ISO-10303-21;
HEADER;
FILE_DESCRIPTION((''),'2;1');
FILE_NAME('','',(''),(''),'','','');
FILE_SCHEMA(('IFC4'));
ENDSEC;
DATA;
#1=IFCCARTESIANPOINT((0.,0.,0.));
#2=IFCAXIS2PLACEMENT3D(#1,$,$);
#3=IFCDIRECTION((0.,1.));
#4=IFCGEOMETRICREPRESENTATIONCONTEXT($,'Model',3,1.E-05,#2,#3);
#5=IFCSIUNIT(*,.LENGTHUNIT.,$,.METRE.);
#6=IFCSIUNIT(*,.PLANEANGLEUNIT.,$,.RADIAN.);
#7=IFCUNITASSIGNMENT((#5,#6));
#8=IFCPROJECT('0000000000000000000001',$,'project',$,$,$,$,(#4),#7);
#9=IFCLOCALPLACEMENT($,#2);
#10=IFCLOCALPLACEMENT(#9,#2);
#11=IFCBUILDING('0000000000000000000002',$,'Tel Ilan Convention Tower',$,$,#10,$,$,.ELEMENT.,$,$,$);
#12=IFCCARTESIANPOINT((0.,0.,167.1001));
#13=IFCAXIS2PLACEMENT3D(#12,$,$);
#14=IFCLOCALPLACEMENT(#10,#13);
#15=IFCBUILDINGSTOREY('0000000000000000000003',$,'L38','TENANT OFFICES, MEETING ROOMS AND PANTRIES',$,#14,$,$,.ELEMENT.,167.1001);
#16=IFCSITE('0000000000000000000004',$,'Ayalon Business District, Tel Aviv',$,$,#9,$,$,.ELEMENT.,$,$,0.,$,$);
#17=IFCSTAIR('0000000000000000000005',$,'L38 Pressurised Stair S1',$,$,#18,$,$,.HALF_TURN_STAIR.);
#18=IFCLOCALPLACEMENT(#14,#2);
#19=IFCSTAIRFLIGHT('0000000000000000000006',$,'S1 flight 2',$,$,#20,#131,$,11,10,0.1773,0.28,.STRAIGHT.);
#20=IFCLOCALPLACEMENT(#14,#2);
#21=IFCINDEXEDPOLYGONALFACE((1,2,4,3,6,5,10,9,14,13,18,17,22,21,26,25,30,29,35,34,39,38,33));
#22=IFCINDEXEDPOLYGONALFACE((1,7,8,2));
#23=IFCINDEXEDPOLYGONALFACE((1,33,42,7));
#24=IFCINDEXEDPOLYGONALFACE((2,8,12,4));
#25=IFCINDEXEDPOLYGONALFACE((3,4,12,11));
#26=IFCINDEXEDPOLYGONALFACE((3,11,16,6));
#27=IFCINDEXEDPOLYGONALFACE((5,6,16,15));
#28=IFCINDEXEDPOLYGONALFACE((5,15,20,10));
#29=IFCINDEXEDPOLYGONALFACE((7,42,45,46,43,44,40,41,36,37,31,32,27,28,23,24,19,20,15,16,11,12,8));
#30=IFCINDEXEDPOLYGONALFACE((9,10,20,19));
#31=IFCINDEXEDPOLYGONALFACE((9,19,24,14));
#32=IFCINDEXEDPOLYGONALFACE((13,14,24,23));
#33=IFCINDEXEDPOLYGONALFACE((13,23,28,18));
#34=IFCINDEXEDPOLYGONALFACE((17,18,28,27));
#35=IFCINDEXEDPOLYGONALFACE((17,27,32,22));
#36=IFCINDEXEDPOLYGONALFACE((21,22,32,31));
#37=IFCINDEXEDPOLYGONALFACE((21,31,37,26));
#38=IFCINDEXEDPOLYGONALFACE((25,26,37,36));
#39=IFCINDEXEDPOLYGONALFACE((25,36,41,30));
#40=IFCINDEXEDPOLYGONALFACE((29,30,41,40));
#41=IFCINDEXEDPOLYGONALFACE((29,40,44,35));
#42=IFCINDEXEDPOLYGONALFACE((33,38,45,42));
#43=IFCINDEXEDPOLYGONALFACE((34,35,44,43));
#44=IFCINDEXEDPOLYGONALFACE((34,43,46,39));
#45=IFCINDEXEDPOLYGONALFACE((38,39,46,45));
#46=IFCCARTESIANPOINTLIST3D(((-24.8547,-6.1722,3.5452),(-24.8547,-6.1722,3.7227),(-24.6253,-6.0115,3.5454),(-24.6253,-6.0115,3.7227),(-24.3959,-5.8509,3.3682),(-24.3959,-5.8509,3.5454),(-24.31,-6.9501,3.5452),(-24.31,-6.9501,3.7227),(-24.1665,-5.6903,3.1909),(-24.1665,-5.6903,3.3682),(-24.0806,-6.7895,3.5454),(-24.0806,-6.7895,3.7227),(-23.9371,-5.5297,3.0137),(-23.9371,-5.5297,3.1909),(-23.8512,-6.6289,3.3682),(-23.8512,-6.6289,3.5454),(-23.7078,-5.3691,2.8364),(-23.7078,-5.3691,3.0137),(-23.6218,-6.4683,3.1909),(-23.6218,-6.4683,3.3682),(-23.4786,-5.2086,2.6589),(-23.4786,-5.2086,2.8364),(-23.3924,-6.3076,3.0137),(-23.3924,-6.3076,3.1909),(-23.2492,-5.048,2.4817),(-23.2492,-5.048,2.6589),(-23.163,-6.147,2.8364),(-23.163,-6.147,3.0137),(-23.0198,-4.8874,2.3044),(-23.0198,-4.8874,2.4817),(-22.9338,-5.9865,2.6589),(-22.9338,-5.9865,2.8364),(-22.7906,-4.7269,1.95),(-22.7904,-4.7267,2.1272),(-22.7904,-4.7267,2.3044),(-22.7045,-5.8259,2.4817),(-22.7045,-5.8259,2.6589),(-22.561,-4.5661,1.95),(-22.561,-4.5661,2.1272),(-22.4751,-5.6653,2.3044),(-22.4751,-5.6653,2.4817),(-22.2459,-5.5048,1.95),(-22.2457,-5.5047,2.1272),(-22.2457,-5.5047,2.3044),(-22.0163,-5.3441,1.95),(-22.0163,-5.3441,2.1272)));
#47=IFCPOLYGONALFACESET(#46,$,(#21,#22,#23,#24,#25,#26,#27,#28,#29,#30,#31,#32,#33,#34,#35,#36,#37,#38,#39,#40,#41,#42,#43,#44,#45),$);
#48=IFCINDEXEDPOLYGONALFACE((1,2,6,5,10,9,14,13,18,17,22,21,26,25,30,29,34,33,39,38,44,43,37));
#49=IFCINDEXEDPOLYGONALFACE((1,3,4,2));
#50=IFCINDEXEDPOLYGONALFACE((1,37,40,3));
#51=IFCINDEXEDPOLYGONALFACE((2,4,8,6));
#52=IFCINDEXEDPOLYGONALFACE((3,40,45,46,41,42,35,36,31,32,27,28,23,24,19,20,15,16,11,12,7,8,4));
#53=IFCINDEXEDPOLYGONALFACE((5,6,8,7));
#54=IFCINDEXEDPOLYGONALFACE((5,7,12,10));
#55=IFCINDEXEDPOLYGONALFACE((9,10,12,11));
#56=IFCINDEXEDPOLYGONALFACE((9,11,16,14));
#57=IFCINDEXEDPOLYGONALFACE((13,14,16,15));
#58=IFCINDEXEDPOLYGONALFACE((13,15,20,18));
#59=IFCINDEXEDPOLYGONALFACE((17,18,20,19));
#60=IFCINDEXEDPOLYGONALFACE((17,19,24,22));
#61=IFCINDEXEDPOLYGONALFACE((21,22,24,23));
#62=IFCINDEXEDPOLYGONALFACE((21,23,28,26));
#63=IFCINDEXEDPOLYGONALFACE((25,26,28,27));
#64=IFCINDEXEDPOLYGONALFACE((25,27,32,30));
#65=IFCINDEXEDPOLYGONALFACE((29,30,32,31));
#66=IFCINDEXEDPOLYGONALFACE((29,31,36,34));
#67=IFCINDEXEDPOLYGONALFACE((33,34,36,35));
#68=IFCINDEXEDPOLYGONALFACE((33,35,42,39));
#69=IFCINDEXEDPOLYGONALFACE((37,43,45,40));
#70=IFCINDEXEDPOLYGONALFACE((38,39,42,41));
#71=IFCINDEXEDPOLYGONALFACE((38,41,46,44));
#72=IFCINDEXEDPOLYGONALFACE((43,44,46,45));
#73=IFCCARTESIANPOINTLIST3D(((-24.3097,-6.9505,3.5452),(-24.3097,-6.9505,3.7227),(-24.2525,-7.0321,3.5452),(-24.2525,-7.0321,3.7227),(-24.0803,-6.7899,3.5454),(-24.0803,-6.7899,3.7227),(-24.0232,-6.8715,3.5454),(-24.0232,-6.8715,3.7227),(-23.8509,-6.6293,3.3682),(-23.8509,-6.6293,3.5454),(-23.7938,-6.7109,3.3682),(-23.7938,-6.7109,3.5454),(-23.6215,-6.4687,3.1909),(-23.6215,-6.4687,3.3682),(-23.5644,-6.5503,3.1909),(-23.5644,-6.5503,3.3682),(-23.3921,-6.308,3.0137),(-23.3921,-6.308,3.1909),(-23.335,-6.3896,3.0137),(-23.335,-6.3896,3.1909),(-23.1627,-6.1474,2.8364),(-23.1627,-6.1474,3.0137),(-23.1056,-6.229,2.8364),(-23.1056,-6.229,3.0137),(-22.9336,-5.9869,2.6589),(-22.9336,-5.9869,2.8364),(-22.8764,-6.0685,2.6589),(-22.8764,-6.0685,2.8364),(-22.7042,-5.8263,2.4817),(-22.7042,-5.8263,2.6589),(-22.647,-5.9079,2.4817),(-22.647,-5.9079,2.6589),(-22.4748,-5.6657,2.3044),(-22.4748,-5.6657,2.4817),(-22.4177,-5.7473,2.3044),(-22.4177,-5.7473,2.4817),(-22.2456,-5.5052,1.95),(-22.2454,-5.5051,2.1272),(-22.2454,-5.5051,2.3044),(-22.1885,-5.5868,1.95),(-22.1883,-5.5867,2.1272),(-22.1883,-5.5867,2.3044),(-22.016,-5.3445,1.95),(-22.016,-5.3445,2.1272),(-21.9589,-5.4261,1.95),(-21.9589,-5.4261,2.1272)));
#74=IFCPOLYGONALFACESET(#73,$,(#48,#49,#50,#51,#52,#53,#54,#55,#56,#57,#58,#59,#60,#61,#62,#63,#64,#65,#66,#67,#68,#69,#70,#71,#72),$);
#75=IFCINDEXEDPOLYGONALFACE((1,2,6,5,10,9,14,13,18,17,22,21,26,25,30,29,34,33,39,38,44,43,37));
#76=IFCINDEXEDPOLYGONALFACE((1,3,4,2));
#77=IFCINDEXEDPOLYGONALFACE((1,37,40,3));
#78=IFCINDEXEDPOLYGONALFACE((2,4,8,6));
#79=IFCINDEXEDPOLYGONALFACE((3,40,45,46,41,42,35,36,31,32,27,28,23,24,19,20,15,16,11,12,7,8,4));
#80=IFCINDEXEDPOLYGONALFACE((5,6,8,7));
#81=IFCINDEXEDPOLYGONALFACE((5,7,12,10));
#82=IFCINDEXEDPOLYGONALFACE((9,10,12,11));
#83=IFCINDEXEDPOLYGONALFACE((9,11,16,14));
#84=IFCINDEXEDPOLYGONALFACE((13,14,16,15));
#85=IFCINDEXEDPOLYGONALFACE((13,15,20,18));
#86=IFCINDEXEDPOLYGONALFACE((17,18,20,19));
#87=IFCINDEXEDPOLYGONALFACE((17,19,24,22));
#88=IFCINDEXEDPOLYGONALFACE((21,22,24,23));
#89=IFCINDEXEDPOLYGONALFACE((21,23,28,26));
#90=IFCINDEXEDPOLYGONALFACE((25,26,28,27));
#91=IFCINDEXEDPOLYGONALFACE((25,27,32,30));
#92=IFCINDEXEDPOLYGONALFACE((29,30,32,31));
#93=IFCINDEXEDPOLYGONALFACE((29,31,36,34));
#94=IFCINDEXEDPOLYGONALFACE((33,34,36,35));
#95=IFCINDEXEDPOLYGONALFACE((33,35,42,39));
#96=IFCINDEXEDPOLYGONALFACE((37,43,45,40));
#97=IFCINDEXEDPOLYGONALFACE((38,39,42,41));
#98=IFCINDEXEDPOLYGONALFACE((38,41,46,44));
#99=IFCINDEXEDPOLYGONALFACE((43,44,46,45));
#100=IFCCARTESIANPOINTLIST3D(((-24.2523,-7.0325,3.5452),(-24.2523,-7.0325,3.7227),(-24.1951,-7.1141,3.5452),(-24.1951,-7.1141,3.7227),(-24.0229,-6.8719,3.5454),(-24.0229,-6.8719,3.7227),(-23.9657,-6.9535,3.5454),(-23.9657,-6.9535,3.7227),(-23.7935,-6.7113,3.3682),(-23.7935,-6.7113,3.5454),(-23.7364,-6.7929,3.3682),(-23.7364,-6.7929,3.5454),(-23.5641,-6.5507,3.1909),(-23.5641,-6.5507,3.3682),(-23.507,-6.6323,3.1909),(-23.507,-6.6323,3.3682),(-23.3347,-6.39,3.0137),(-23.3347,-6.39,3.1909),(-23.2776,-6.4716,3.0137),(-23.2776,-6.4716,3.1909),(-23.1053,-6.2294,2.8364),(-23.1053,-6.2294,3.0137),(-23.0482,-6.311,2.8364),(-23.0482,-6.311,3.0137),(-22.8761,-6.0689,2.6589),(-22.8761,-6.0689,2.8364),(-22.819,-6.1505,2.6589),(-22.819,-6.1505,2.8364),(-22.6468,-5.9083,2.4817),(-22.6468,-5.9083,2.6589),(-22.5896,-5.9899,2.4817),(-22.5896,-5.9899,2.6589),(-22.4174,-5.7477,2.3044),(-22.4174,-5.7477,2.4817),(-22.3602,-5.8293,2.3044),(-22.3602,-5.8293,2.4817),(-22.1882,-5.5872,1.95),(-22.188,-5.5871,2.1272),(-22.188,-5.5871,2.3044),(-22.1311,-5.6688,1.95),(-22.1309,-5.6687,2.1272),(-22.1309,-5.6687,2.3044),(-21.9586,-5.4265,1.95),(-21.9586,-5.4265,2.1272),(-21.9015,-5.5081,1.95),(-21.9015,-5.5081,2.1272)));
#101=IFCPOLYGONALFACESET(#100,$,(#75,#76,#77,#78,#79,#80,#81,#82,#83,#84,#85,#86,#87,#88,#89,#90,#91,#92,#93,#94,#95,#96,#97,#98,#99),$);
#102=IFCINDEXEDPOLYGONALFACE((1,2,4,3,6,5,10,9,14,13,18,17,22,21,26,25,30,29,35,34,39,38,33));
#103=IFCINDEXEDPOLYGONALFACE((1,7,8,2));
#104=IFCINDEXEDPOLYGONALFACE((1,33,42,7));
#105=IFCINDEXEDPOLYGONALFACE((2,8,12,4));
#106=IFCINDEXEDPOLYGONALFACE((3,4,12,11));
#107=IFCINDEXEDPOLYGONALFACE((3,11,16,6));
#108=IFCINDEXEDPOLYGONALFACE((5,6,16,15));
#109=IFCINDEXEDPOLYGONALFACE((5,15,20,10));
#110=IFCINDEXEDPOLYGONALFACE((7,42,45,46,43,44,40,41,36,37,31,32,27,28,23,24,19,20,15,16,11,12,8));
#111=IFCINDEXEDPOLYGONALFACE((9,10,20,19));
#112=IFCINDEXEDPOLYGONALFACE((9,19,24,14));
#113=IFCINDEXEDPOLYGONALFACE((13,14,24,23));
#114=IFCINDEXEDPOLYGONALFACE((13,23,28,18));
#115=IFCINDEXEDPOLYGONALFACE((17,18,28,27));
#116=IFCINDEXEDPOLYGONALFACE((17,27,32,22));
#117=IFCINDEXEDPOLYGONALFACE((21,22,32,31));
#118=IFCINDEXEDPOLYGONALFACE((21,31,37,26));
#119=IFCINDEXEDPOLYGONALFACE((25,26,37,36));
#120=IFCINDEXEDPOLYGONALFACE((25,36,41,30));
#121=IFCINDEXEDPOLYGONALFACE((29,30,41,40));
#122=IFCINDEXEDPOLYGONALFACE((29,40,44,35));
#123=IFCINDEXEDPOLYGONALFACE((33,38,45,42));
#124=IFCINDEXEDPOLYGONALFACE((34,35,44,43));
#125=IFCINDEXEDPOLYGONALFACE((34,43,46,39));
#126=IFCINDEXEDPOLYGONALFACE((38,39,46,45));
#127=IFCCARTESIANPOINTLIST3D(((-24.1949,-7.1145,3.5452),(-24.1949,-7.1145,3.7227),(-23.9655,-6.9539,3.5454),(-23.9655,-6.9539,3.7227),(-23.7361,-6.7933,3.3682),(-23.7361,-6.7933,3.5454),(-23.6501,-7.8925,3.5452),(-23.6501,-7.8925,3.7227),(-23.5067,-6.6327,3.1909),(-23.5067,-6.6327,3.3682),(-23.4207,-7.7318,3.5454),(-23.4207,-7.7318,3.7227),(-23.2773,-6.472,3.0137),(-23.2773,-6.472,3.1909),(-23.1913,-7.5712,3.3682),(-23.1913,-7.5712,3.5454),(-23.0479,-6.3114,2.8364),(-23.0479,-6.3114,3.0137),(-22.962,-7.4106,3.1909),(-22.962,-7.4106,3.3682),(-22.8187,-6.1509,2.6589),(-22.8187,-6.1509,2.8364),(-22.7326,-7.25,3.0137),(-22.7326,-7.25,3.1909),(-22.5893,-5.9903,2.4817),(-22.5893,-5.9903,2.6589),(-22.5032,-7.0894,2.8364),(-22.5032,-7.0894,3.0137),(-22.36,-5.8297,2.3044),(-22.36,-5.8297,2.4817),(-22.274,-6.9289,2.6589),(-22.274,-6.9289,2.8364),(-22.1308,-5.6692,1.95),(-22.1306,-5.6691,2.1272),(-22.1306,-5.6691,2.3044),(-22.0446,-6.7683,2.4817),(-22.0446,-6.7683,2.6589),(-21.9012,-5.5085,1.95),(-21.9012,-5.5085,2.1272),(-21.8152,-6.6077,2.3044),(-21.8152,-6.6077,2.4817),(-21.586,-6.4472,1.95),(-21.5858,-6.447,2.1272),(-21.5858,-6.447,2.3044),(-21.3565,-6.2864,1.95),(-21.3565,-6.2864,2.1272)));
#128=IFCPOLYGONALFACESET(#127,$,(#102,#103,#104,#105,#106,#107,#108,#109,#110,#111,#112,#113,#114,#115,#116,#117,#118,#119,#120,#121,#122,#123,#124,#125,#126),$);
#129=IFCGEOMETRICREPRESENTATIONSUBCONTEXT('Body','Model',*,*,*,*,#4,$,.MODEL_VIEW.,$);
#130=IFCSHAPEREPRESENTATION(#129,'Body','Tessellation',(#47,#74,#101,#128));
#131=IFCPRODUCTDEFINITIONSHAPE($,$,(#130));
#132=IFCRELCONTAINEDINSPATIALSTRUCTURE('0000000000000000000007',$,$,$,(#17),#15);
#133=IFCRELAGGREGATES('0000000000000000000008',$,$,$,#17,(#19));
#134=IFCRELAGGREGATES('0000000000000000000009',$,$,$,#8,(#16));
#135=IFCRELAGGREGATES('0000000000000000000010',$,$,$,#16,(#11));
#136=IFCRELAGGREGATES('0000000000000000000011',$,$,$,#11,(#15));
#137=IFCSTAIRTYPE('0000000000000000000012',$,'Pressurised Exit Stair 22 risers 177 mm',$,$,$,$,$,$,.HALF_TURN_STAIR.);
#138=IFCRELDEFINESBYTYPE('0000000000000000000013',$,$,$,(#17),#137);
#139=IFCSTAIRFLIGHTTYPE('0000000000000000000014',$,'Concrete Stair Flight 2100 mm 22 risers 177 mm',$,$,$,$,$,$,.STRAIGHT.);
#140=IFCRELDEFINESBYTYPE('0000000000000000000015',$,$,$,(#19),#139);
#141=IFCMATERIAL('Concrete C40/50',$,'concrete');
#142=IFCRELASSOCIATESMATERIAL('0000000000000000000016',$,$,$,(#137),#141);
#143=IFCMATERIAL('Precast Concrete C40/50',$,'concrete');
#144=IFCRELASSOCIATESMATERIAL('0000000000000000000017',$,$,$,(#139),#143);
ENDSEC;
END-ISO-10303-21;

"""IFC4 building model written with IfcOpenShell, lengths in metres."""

from ifc_helpers import new_model, si_unit, direction, frame, origin, place, context, subcontext, project, spatial, polyline, outline, extrude, material, type_object, element, aggregate, save


model = new_model("IFC4")

# Units and contexts
model_context = context("Model", 3, precision=1e-05, world=origin(), true_north=direction((0.0, 1.0)))
body_context = subcontext(model_context, "Body", "Model", "MODEL_VIEW")
ifc_project = project(units=[si_unit("LENGTHUNIT", "METRE"), si_unit("PLANEANGLEUNIT", "RADIAN")], contexts=[model_context])

# Site, building, storey
site_placement = place(None, origin())
site = spatial("IfcSite", under=ifc_project, at=site_placement, Name="Ayalon Business District, Tel Aviv", CompositionType="ELEMENT", RefElevation=0.0)
building_placement = place(site_placement, origin())
building = spatial("IfcBuilding", under=site, at=building_placement, Name="Tel Ilan Convention Tower", CompositionType="ELEMENT")
storey_placement = place(building_placement, frame((0.0, 0.0, 167.1001)))
storey = spatial("IfcBuildingStorey", under=building, at=storey_placement, Name="L38", Description="TENANT OFFICES, MEETING ROOMS AND PANTRIES", CompositionType="ELEMENT", Elevation=167.1001)

# Stair, stair flight
ifc_material_1 = material(Name="Concrete C40/50", Category="concrete")
stair_type = type_object("IfcStairType", Name="Pressurised Exit Stair 22 risers 177 mm", PredefinedType="HALF_TURN_STAIR", material=ifc_material_1)
stair_1_placement = place(storey_placement, origin())
stair_1 = element("IfcStair", 1, at=stair_1_placement, inside=storey, type_object=stair_type, Name="L38 Pressurised Stair S1", PredefinedType="HALF_TURN_STAIR")
ifc_material_2 = material(Name="Precast Concrete C40/50", Category="concrete")
stair_flight_type = type_object("IfcStairFlightType", Name="Concrete Stair Flight 2100 mm 22 risers 177 mm", PredefinedType="STRAIGHT", material=ifc_material_2)
stair_flight_1_placement = place(storey_placement, frame((-21.9587, -5.4263, 1.95), z_axis=(0.0, 0.0, 1.0), x_axis=(-0.819152, -0.573576, 0.0)))
stair_flight_1 = element("IfcStairFlight", 2, at=stair_flight_1_placement, type_object=stair_flight_type, Name="S1 flight 2", NumberOfRisers=11, NumberOfTreads=10, PredefinedType="STRAIGHT", RiserHeight=0.1773, TreadLength=0.28, context=body_context, shape_type="SweptSolid", body=[
    extrude(outline(polyline([(0.0, 0.0), (0.0, 0.1772), (0.28, 0.1772), (0.28, 0.3545), (0.5601, 0.3545), (0.5601, 0.5317), (0.8401, 0.5317), (0.8401, 0.709), (1.1201, 0.709), (1.1201, 0.8865), (1.3999, 0.8865), (1.3999, 1.0637), (1.6799, 1.0637), (1.6799, 1.241), (1.96, 1.241), (1.96, 1.4182), (2.24, 1.4182), (2.24, 1.5955), (2.52, 1.5955), (2.52, 1.7727), (2.8, 1.7727), (2.8, 1.95), (2.8, 1.5952), (0.2803, 0.0), (0.0, 0.0)])), frame((0.0, -0.1003, 0.0), z_axis=(0.0, -1.0, 0.0), x_axis=(1.0, 0.0, 0.0)), (0.0, 0.0, 1.0), 0.9497),
    extrude(outline(polyline([(0.0, 0.0), (0.0, 0.1772), (0.28, 0.1772), (0.28, 0.3545), (0.5601, 0.3545), (0.5601, 0.5317), (0.8401, 0.5317), (0.8401, 0.709), (1.1201, 0.709), (1.1201, 0.8865), (1.3999, 0.8865), (1.3999, 1.0637), (1.6799, 1.0637), (1.6799, 1.241), (1.96, 1.241), (1.96, 1.4182), (2.24, 1.4182), (2.24, 1.5955), (2.52, 1.5955), (2.52, 1.7727), (2.8, 1.7727), (2.8, 1.95), (2.8, 1.5952), (0.2803, 0.0), (0.0, 0.0)])), frame((0.0, -0.0002, 0.0), z_axis=(0.0, -1.0, 0.0), x_axis=(1.0, 0.0, 0.0)), (0.0, 0.0, 1.0), 0.0996),
    extrude(outline(polyline([(0.0, 0.0), (0.0, 0.1772), (0.28, 0.1772), (0.28, 0.3545), (0.5601, 0.3545), (0.5601, 0.5317), (0.8401, 0.5317), (0.8401, 0.709), (1.1201, 0.709), (1.1201, 0.8865), (1.3999, 0.8865), (1.3999, 1.0637), (1.6799, 1.0637), (1.6799, 1.241), (1.96, 1.241), (1.96, 1.4182), (2.24, 1.4182), (2.24, 1.5955), (2.52, 1.5955), (2.52, 1.7727), (2.8, 1.7727), (2.8, 1.95), (2.8, 1.5952), (0.2803, 0.0), (0.0, 0.0)])), frame((0.0, 0.0999, 0.0), z_axis=(0.0, -1.0, 0.0), x_axis=(1.0, 0.0, 0.0)), (0.0, 0.0, 1.0), 0.0996),
    extrude(outline(polyline([(0.0, 0.0), (0.0, 0.1772), (0.28, 0.1772), (0.28, 0.3545), (0.5601, 0.3545), (0.5601, 0.5317), (0.8401, 0.5317), (0.8401, 0.709), (1.1201, 0.709), (1.1201, 0.8865), (1.3999, 0.8865), (1.3999, 1.0637), (1.6799, 1.0637), (1.6799, 1.241), (1.96, 1.241), (1.96, 1.4182), (2.24, 1.4182), (2.24, 1.5955), (2.52, 1.5955), (2.52, 1.7727), (2.8, 1.7727), (2.8, 1.95), (2.8, 1.5952), (0.2803, 0.0), (0.0, 0.0)])), frame((0.0, 1.05, 0.0), z_axis=(0.0, -1.0, 0.0), x_axis=(1.0, 0.0, 0.0)), (0.0, 0.0, 1.0), 0.9497),
])
aggregate(stair_1, [stair_flight_1])

save(model, "model.ifc")
